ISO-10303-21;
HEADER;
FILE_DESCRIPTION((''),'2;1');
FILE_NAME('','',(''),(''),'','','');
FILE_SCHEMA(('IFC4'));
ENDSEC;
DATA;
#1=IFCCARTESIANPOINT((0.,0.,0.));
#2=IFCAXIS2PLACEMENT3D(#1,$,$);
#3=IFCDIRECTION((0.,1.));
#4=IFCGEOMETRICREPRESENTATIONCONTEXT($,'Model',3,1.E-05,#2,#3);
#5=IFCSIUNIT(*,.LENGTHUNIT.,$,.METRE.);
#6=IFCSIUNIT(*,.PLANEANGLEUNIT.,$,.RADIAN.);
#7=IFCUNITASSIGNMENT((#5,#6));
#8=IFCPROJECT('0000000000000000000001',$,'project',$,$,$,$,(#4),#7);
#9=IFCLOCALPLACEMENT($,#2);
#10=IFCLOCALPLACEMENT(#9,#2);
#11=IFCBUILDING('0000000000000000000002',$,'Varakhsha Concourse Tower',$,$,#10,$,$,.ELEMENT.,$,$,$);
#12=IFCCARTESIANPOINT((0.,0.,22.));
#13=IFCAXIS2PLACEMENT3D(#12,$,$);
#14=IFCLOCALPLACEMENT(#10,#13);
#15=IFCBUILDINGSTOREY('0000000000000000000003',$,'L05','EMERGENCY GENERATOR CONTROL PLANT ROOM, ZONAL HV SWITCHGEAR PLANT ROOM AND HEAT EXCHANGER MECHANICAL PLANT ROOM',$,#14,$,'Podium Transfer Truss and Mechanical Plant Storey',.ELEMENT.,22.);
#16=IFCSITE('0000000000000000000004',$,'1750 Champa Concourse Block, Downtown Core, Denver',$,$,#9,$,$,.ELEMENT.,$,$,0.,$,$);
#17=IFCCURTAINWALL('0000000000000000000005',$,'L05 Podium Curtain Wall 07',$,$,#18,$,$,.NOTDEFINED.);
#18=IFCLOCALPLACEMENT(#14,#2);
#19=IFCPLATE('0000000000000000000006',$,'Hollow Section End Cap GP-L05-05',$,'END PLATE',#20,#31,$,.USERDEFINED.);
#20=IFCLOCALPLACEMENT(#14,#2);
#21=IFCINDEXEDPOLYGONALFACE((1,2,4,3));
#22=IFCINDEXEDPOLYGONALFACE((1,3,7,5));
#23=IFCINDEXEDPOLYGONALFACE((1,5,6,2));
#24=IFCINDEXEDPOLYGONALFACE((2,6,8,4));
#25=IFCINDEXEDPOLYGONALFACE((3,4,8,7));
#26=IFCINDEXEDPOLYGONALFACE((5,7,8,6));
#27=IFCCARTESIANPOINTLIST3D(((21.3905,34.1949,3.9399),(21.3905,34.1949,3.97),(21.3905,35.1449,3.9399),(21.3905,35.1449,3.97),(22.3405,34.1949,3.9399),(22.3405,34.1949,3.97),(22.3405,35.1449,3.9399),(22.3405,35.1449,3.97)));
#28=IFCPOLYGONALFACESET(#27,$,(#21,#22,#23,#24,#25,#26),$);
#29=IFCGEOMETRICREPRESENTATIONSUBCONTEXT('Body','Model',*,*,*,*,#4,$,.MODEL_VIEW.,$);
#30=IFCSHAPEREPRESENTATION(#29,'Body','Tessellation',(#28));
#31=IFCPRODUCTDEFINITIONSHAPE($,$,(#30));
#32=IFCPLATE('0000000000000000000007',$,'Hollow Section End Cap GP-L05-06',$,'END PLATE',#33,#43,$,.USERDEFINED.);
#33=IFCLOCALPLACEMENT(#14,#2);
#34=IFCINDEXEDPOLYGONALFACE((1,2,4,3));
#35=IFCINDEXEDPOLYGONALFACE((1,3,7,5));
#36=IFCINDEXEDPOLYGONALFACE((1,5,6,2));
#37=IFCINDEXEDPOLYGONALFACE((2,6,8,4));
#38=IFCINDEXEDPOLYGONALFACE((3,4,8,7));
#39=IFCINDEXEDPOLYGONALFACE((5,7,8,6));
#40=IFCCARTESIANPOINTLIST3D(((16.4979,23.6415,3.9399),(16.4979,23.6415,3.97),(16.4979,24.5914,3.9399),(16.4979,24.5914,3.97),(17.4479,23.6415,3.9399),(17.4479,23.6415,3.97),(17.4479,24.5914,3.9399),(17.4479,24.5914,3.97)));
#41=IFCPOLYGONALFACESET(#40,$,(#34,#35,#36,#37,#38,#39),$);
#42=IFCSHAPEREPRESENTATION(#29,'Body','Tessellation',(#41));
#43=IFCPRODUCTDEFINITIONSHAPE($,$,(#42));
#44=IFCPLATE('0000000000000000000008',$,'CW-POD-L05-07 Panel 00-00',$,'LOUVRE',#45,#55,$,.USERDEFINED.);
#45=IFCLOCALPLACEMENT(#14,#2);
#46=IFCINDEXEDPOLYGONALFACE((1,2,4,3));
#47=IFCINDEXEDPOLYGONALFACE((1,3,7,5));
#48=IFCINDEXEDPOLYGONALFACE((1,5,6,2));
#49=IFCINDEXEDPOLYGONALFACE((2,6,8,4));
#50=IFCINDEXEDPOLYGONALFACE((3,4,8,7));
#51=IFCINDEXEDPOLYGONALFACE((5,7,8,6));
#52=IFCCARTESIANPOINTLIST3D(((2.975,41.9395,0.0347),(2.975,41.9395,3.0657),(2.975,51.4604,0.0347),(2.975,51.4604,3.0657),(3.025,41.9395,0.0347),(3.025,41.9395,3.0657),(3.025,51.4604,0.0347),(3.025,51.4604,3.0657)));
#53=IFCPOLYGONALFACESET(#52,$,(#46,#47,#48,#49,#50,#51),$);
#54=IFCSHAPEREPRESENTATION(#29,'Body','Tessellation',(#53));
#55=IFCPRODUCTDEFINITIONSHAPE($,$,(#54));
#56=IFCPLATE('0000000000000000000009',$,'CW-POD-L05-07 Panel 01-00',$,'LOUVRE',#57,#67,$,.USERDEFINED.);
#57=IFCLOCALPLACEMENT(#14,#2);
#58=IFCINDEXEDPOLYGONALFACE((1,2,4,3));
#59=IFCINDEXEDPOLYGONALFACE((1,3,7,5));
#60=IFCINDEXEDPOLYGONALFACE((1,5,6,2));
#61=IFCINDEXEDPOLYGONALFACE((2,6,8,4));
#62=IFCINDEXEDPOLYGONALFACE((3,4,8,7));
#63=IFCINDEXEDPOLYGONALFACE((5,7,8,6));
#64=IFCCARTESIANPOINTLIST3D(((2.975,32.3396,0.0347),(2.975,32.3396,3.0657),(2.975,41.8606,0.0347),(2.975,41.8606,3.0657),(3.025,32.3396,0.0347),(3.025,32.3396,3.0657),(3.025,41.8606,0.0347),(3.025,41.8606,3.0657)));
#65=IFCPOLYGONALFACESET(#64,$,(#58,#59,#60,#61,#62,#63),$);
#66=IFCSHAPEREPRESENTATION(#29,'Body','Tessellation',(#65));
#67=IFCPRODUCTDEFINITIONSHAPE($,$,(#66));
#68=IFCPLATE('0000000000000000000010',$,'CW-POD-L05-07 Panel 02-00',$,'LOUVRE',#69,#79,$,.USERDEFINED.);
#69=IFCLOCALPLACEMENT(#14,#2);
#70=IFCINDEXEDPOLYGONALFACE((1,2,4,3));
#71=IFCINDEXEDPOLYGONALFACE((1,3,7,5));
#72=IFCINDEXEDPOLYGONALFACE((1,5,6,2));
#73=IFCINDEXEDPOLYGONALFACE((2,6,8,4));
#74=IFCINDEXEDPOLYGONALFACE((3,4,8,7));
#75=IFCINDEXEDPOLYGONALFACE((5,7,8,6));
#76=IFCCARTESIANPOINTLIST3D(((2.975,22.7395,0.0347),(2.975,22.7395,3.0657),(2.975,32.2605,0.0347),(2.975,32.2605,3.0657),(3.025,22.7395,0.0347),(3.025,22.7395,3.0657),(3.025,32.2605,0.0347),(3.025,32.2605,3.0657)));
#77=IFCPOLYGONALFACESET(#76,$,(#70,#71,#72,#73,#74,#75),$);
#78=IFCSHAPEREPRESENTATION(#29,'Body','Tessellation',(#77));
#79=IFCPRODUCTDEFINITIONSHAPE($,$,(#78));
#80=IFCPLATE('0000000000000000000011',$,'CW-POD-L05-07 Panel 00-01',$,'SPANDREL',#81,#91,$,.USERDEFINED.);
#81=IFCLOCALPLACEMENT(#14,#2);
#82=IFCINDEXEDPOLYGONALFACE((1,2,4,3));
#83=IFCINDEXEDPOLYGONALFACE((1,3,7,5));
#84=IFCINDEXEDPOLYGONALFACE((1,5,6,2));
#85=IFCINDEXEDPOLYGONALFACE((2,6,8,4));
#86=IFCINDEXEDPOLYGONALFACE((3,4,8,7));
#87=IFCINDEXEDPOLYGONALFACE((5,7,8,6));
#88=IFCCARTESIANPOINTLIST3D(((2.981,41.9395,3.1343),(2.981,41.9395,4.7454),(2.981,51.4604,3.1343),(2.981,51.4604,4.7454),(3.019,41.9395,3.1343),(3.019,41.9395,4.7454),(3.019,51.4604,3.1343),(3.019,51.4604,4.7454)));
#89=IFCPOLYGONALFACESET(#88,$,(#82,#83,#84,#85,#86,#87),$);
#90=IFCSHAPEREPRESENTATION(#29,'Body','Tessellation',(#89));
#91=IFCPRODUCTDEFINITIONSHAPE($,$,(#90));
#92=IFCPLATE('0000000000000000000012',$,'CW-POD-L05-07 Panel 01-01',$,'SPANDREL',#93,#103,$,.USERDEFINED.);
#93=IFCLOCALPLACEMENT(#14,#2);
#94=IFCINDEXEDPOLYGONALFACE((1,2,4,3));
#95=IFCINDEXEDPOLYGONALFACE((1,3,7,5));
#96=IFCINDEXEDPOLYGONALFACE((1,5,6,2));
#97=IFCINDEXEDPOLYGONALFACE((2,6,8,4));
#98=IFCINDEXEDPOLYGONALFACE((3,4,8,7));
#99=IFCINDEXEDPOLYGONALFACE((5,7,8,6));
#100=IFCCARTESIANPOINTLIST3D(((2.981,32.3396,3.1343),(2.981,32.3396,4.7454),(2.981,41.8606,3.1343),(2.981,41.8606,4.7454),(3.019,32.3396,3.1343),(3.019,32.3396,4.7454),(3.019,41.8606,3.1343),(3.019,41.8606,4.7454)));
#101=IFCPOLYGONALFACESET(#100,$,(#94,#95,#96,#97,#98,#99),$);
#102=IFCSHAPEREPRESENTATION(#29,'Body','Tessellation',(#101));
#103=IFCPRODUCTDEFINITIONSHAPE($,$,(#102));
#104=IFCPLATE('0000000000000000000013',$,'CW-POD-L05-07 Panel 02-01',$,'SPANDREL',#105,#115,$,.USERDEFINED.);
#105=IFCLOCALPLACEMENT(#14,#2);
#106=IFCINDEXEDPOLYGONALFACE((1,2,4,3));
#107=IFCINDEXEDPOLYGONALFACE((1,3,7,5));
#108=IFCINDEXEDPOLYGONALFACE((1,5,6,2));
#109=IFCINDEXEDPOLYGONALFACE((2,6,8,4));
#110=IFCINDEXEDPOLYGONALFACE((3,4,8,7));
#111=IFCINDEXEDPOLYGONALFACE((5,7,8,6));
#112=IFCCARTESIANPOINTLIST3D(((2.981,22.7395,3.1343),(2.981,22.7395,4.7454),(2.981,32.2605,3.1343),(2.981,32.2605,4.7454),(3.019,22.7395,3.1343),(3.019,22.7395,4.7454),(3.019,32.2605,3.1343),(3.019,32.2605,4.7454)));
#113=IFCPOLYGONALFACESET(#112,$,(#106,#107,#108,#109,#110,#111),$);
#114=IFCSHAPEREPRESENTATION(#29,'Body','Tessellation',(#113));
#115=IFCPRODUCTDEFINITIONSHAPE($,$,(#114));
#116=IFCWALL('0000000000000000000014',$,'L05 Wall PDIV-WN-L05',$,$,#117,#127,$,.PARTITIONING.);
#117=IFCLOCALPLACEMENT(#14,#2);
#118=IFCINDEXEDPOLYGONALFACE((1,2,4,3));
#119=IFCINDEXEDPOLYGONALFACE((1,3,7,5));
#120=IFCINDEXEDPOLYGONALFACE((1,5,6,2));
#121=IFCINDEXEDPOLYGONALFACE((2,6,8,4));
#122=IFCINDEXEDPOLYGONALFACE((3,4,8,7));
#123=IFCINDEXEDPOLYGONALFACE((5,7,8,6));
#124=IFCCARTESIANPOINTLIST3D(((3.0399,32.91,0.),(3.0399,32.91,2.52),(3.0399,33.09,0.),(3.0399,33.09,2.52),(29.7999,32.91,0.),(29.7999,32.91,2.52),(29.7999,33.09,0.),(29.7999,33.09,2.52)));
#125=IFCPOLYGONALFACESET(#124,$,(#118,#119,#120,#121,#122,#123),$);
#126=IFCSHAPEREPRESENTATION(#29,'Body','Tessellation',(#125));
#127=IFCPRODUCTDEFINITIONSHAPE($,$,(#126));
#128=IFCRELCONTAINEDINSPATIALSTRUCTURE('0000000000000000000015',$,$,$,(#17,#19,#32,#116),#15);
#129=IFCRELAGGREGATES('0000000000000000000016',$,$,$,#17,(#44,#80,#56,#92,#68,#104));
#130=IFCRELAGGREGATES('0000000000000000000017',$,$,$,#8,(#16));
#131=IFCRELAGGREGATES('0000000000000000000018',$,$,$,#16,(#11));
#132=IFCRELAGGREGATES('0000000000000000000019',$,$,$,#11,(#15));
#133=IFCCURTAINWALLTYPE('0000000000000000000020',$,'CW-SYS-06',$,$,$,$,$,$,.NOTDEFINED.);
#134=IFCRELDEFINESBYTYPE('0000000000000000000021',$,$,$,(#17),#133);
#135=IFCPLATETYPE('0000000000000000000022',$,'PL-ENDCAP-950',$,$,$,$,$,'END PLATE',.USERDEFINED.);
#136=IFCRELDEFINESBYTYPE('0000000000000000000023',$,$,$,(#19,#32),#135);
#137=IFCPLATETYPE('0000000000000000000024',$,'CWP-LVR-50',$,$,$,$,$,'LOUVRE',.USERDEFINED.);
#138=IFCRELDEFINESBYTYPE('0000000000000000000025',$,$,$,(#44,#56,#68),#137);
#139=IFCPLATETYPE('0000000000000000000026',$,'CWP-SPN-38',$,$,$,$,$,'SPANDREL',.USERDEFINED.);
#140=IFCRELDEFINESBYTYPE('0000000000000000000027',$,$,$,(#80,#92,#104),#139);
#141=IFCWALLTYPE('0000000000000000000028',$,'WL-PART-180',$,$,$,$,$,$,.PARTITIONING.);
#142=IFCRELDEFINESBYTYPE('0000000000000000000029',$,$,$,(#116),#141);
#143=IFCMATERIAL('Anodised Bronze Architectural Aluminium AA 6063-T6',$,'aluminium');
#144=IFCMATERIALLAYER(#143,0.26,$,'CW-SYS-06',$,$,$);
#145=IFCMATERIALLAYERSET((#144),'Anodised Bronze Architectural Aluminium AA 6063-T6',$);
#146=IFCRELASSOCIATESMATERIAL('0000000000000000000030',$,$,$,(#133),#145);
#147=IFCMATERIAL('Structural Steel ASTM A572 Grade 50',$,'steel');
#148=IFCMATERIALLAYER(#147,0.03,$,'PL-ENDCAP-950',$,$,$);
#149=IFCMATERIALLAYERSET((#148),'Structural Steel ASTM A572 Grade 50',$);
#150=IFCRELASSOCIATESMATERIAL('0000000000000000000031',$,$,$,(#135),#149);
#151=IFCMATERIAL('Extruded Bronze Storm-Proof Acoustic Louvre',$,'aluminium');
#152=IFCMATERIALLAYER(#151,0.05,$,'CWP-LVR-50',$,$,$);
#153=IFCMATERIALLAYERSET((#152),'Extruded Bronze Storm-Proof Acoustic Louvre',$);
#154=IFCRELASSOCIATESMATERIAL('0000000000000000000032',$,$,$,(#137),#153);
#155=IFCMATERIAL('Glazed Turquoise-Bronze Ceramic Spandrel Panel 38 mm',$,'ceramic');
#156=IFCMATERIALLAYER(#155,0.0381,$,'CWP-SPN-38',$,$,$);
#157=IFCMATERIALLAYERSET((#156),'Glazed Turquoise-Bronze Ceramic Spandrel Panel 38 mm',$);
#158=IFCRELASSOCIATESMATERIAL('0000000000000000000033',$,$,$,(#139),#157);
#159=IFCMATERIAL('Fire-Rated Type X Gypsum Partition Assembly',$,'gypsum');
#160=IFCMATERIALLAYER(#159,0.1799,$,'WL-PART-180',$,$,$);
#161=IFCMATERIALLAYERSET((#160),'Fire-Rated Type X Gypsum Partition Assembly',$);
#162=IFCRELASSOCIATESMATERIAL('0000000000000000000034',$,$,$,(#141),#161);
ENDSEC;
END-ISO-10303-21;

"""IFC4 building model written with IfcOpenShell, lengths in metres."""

from ifc_helpers import new_model, si_unit, direction, frame, frame_2d, origin, origin_2d, place, context, subcontext, project, spatial, rectangle, extrude, source, transform, mapped, material, layer, layer_set, type_object, type_shapes, element, aggregate, save


model = new_model("IFC4")

# Units and contexts
model_context = context("Model", 3, precision=1e-05, world=origin(), true_north=direction((0.0, 1.0)))
body_context = subcontext(model_context, "Body", "Model", "MODEL_VIEW")
ifc_project = project(units=[si_unit("LENGTHUNIT", "METRE"), si_unit("PLANEANGLEUNIT", "RADIAN")], contexts=[model_context])

# Site, building, storey
site_placement = place(None, origin())
site = spatial("IfcSite", under=ifc_project, at=site_placement, Name="1750 Champa Concourse Block, Downtown Core, Denver", CompositionType="ELEMENT", RefElevation=0.0)
building_placement = place(site_placement, origin())
building = spatial("IfcBuilding", under=site, at=building_placement, Name="Varakhsha Concourse Tower", CompositionType="ELEMENT")
storey_placement = place(building_placement, frame((0.0, 0.0, 22.0)))
storey = spatial("IfcBuildingStorey", under=building, at=storey_placement, Name="L05", Description="EMERGENCY GENERATOR CONTROL PLANT ROOM, ZONAL HV SWITCHGEAR PLANT ROOM AND HEAT EXCHANGER MECHANICAL PLANT ROOM", LongName="Podium Transfer Truss and Mechanical Plant Storey", CompositionType="ELEMENT", Elevation=22.0)

# Shared definitions
ifc_material_1 = material(Name="Structural Steel ASTM A572 Grade 50", Category="steel")

# Curtain wall
ifc_material_2 = material(Name="Anodised Bronze Architectural Aluminium AA 6063-T6", Category="aluminium")
ifc_layer_1 = layer(ifc_material_2, 0.26, Name="CW-SYS-06")
ifc_layer_set_1 = layer_set([ifc_layer_1], Name="Anodised Bronze Architectural Aluminium AA 6063-T6")
curtain_wall_type = type_object("IfcCurtainWallType", Name="CW-SYS-06", PredefinedType="NOTDEFINED", material=ifc_layer_set_1)
curtain_wall_placement = place(storey_placement, origin())
curtain_wall = element("IfcCurtainWall", 1, at=curtain_wall_placement, inside=storey, type_object=curtain_wall_type, Name="L05 Podium Curtain Wall 07", PredefinedType="NOTDEFINED")

# Plates
ifc_layer_2 = layer(ifc_material_1, 0.03, Name="PL-ENDCAP-950")
ifc_layer_set_2 = layer_set([ifc_layer_2], Name="Structural Steel ASTM A572 Grade 50")
plate_type_1 = type_object("IfcPlateType", Name="PL-ENDCAP-950", ElementType="END PLATE", PredefinedType="USERDEFINED", material=ifc_layer_set_2)
shared_shape_1 = source(origin(), body_context, "Body", "SweptSolid", [
    extrude(rectangle(XDim=0.95, YDim=0.95, at=origin_2d()), origin(), (0.0, 0.0, 1.0), 0.03),
])
type_shapes(plate_type_1, [shared_shape_1])
for number, where, z_axis, x_axis, name in (
    (2, (21.8655, 34.6699, 3.9399), (0.0, 0.0, 1.0), (1.0, 0.0, 0.0), "Hollow Section End Cap GP-L05-05"),
    (3, (16.9729, 24.1165, 3.9399), (0.0, 0.0, 1.0), (1.0, 0.0, 0.0), "Hollow Section End Cap GP-L05-06"),
):
    element("IfcPlate", number, at=place(storey_placement, frame(where, z_axis=z_axis, x_axis=x_axis)), inside=storey, type_object=plate_type_1, Name=name, ObjectType="END PLATE", PredefinedType="USERDEFINED", context=body_context, shape_type="MappedRepresentation", body=[
        mapped(shared_shape_1, transform((0.0, 0.0, 0.0), scale=1.0)),
    ])

# Plates
ifc_material_3 = material(Name="Extruded Bronze Storm-Proof Acoustic Louvre", Category="aluminium")
ifc_layer_3 = layer(ifc_material_3, 0.05, Name="CWP-LVR-50")
ifc_layer_set_3 = layer_set([ifc_layer_3], Name="Extruded Bronze Storm-Proof Acoustic Louvre")
plate_type_2 = type_object("IfcPlateType", Name="CWP-LVR-50", ElementType="LOUVRE", PredefinedType="USERDEFINED", material=ifc_layer_set_3)
shared_shape_2 = source(origin(), body_context, "Body", "SweptSolid", [
    extrude(rectangle(XDim=9.521, YDim=0.05, at=origin_2d()), origin(), (0.0, 0.0, 1.0), 3.031),
])
type_shapes(plate_type_2, [shared_shape_2])
plate_1_placement = place(storey_placement, frame((3.0, 46.7, 0.0347), z_axis=(0.0, 0.0, 1.0), x_axis=(0.0, -1.0, 0.0)))
plate_1 = element("IfcPlate", 4, at=plate_1_placement, type_object=plate_type_2, Name="CW-POD-L05-07 Panel 00-00", ObjectType="LOUVRE", PredefinedType="USERDEFINED", context=body_context, shape_type="MappedRepresentation", body=[
    mapped(shared_shape_2, transform((0.0, 0.0, 0.0), scale=1.0)),
])
plate_2_placement = place(storey_placement, frame((3.0, 37.1001, 0.0347), z_axis=(0.0, 0.0, 1.0), x_axis=(0.0, -1.0, 0.0)))
plate_2 = element("IfcPlate", 5, at=plate_2_placement, type_object=plate_type_2, Name="CW-POD-L05-07 Panel 01-00", ObjectType="LOUVRE", PredefinedType="USERDEFINED", context=body_context, shape_type="MappedRepresentation", body=[
    mapped(shared_shape_2, transform((0.0, 0.0, 0.0), scale=1.0)),
])
plate_3_placement = place(storey_placement, frame((3.0, 27.5, 0.0347), z_axis=(0.0, 0.0, 1.0), x_axis=(0.0, -1.0, 0.0)))
plate_3 = element("IfcPlate", 6, at=plate_3_placement, type_object=plate_type_2, Name="CW-POD-L05-07 Panel 02-00", ObjectType="LOUVRE", PredefinedType="USERDEFINED", context=body_context, shape_type="MappedRepresentation", body=[
    mapped(shared_shape_2, transform((0.0, 0.0, 0.0), scale=1.0)),
])
ifc_material_4 = material(Name="Glazed Turquoise-Bronze Ceramic Spandrel Panel 38 mm", Category="ceramic")
ifc_layer_4 = layer(ifc_material_4, 0.0381, Name="CWP-SPN-38")
ifc_layer_set_4 = layer_set([ifc_layer_4], Name="Glazed Turquoise-Bronze Ceramic Spandrel Panel 38 mm")
plate_type_3 = type_object("IfcPlateType", Name="CWP-SPN-38", ElementType="SPANDREL", PredefinedType="USERDEFINED", material=ifc_layer_set_4)
shared_shape_3 = source(origin(), body_context, "Body", "SweptSolid", [
    extrude(rectangle(XDim=9.521, YDim=0.0381, at=origin_2d()), origin(), (0.0, 0.0, 1.0), 1.6111),
])
type_shapes(plate_type_3, [shared_shape_3])
plate_4_placement = place(storey_placement, frame((3.0, 46.7, 3.1343), z_axis=(0.0, 0.0, 1.0), x_axis=(0.0, -1.0, 0.0)))
plate_4 = element("IfcPlate", 7, at=plate_4_placement, type_object=plate_type_3, Name="CW-POD-L05-07 Panel 00-01", ObjectType="SPANDREL", PredefinedType="USERDEFINED", context=body_context, shape_type="MappedRepresentation", body=[
    mapped(shared_shape_3, transform((0.0, 0.0, 0.0), scale=1.0)),
])
plate_5_placement = place(storey_placement, frame((3.0, 37.1001, 3.1343), z_axis=(0.0, 0.0, 1.0), x_axis=(0.0, -1.0, 0.0)))
plate_5 = element("IfcPlate", 8, at=plate_5_placement, type_object=plate_type_3, Name="CW-POD-L05-07 Panel 01-01", ObjectType="SPANDREL", PredefinedType="USERDEFINED", context=body_context, shape_type="MappedRepresentation", body=[
    mapped(shared_shape_3, transform((0.0, 0.0, 0.0), scale=1.0)),
])
plate_6_placement = place(storey_placement, frame((3.0, 27.5, 3.1343), z_axis=(0.0, 0.0, 1.0), x_axis=(0.0, -1.0, 0.0)))
plate_6 = element("IfcPlate", 9, at=plate_6_placement, type_object=plate_type_3, Name="CW-POD-L05-07 Panel 02-01", ObjectType="SPANDREL", PredefinedType="USERDEFINED", context=body_context, shape_type="MappedRepresentation", body=[
    mapped(shared_shape_3, transform((0.0, 0.0, 0.0), scale=1.0)),
])
aggregate(curtain_wall, [plate_1, plate_4, plate_2, plate_5, plate_3, plate_6])

# Wall
ifc_material_5 = material(Name="Fire-Rated Type X Gypsum Partition Assembly", Category="gypsum")
ifc_layer_5 = layer(ifc_material_5, 0.1799, Name="WL-PART-180")
ifc_layer_set_5 = layer_set([ifc_layer_5], Name="Fire-Rated Type X Gypsum Partition Assembly")
wall_type = type_object("IfcWallType", Name="WL-PART-180", PredefinedType="PARTITIONING", material=ifc_layer_set_5)
wall_placement = place(storey_placement, frame((3.04, 33.0, 0.0), z_axis=(0.0, 0.0, 1.0), x_axis=(1.0, 0.0, 0.0)))
element("IfcWall", 10, at=wall_placement, inside=storey, type_object=wall_type, Name="L05 Wall PDIV-WN-L05", PredefinedType="PARTITIONING", context=body_context, shape_type="SweptSolid", body=[
    extrude(rectangle(XDim=26.76, YDim=0.1799, at=frame_2d((13.3799, 0.0))), origin(), (0.0, 0.0, 1.0), 2.52),
])

save(model, "model.ifc")
